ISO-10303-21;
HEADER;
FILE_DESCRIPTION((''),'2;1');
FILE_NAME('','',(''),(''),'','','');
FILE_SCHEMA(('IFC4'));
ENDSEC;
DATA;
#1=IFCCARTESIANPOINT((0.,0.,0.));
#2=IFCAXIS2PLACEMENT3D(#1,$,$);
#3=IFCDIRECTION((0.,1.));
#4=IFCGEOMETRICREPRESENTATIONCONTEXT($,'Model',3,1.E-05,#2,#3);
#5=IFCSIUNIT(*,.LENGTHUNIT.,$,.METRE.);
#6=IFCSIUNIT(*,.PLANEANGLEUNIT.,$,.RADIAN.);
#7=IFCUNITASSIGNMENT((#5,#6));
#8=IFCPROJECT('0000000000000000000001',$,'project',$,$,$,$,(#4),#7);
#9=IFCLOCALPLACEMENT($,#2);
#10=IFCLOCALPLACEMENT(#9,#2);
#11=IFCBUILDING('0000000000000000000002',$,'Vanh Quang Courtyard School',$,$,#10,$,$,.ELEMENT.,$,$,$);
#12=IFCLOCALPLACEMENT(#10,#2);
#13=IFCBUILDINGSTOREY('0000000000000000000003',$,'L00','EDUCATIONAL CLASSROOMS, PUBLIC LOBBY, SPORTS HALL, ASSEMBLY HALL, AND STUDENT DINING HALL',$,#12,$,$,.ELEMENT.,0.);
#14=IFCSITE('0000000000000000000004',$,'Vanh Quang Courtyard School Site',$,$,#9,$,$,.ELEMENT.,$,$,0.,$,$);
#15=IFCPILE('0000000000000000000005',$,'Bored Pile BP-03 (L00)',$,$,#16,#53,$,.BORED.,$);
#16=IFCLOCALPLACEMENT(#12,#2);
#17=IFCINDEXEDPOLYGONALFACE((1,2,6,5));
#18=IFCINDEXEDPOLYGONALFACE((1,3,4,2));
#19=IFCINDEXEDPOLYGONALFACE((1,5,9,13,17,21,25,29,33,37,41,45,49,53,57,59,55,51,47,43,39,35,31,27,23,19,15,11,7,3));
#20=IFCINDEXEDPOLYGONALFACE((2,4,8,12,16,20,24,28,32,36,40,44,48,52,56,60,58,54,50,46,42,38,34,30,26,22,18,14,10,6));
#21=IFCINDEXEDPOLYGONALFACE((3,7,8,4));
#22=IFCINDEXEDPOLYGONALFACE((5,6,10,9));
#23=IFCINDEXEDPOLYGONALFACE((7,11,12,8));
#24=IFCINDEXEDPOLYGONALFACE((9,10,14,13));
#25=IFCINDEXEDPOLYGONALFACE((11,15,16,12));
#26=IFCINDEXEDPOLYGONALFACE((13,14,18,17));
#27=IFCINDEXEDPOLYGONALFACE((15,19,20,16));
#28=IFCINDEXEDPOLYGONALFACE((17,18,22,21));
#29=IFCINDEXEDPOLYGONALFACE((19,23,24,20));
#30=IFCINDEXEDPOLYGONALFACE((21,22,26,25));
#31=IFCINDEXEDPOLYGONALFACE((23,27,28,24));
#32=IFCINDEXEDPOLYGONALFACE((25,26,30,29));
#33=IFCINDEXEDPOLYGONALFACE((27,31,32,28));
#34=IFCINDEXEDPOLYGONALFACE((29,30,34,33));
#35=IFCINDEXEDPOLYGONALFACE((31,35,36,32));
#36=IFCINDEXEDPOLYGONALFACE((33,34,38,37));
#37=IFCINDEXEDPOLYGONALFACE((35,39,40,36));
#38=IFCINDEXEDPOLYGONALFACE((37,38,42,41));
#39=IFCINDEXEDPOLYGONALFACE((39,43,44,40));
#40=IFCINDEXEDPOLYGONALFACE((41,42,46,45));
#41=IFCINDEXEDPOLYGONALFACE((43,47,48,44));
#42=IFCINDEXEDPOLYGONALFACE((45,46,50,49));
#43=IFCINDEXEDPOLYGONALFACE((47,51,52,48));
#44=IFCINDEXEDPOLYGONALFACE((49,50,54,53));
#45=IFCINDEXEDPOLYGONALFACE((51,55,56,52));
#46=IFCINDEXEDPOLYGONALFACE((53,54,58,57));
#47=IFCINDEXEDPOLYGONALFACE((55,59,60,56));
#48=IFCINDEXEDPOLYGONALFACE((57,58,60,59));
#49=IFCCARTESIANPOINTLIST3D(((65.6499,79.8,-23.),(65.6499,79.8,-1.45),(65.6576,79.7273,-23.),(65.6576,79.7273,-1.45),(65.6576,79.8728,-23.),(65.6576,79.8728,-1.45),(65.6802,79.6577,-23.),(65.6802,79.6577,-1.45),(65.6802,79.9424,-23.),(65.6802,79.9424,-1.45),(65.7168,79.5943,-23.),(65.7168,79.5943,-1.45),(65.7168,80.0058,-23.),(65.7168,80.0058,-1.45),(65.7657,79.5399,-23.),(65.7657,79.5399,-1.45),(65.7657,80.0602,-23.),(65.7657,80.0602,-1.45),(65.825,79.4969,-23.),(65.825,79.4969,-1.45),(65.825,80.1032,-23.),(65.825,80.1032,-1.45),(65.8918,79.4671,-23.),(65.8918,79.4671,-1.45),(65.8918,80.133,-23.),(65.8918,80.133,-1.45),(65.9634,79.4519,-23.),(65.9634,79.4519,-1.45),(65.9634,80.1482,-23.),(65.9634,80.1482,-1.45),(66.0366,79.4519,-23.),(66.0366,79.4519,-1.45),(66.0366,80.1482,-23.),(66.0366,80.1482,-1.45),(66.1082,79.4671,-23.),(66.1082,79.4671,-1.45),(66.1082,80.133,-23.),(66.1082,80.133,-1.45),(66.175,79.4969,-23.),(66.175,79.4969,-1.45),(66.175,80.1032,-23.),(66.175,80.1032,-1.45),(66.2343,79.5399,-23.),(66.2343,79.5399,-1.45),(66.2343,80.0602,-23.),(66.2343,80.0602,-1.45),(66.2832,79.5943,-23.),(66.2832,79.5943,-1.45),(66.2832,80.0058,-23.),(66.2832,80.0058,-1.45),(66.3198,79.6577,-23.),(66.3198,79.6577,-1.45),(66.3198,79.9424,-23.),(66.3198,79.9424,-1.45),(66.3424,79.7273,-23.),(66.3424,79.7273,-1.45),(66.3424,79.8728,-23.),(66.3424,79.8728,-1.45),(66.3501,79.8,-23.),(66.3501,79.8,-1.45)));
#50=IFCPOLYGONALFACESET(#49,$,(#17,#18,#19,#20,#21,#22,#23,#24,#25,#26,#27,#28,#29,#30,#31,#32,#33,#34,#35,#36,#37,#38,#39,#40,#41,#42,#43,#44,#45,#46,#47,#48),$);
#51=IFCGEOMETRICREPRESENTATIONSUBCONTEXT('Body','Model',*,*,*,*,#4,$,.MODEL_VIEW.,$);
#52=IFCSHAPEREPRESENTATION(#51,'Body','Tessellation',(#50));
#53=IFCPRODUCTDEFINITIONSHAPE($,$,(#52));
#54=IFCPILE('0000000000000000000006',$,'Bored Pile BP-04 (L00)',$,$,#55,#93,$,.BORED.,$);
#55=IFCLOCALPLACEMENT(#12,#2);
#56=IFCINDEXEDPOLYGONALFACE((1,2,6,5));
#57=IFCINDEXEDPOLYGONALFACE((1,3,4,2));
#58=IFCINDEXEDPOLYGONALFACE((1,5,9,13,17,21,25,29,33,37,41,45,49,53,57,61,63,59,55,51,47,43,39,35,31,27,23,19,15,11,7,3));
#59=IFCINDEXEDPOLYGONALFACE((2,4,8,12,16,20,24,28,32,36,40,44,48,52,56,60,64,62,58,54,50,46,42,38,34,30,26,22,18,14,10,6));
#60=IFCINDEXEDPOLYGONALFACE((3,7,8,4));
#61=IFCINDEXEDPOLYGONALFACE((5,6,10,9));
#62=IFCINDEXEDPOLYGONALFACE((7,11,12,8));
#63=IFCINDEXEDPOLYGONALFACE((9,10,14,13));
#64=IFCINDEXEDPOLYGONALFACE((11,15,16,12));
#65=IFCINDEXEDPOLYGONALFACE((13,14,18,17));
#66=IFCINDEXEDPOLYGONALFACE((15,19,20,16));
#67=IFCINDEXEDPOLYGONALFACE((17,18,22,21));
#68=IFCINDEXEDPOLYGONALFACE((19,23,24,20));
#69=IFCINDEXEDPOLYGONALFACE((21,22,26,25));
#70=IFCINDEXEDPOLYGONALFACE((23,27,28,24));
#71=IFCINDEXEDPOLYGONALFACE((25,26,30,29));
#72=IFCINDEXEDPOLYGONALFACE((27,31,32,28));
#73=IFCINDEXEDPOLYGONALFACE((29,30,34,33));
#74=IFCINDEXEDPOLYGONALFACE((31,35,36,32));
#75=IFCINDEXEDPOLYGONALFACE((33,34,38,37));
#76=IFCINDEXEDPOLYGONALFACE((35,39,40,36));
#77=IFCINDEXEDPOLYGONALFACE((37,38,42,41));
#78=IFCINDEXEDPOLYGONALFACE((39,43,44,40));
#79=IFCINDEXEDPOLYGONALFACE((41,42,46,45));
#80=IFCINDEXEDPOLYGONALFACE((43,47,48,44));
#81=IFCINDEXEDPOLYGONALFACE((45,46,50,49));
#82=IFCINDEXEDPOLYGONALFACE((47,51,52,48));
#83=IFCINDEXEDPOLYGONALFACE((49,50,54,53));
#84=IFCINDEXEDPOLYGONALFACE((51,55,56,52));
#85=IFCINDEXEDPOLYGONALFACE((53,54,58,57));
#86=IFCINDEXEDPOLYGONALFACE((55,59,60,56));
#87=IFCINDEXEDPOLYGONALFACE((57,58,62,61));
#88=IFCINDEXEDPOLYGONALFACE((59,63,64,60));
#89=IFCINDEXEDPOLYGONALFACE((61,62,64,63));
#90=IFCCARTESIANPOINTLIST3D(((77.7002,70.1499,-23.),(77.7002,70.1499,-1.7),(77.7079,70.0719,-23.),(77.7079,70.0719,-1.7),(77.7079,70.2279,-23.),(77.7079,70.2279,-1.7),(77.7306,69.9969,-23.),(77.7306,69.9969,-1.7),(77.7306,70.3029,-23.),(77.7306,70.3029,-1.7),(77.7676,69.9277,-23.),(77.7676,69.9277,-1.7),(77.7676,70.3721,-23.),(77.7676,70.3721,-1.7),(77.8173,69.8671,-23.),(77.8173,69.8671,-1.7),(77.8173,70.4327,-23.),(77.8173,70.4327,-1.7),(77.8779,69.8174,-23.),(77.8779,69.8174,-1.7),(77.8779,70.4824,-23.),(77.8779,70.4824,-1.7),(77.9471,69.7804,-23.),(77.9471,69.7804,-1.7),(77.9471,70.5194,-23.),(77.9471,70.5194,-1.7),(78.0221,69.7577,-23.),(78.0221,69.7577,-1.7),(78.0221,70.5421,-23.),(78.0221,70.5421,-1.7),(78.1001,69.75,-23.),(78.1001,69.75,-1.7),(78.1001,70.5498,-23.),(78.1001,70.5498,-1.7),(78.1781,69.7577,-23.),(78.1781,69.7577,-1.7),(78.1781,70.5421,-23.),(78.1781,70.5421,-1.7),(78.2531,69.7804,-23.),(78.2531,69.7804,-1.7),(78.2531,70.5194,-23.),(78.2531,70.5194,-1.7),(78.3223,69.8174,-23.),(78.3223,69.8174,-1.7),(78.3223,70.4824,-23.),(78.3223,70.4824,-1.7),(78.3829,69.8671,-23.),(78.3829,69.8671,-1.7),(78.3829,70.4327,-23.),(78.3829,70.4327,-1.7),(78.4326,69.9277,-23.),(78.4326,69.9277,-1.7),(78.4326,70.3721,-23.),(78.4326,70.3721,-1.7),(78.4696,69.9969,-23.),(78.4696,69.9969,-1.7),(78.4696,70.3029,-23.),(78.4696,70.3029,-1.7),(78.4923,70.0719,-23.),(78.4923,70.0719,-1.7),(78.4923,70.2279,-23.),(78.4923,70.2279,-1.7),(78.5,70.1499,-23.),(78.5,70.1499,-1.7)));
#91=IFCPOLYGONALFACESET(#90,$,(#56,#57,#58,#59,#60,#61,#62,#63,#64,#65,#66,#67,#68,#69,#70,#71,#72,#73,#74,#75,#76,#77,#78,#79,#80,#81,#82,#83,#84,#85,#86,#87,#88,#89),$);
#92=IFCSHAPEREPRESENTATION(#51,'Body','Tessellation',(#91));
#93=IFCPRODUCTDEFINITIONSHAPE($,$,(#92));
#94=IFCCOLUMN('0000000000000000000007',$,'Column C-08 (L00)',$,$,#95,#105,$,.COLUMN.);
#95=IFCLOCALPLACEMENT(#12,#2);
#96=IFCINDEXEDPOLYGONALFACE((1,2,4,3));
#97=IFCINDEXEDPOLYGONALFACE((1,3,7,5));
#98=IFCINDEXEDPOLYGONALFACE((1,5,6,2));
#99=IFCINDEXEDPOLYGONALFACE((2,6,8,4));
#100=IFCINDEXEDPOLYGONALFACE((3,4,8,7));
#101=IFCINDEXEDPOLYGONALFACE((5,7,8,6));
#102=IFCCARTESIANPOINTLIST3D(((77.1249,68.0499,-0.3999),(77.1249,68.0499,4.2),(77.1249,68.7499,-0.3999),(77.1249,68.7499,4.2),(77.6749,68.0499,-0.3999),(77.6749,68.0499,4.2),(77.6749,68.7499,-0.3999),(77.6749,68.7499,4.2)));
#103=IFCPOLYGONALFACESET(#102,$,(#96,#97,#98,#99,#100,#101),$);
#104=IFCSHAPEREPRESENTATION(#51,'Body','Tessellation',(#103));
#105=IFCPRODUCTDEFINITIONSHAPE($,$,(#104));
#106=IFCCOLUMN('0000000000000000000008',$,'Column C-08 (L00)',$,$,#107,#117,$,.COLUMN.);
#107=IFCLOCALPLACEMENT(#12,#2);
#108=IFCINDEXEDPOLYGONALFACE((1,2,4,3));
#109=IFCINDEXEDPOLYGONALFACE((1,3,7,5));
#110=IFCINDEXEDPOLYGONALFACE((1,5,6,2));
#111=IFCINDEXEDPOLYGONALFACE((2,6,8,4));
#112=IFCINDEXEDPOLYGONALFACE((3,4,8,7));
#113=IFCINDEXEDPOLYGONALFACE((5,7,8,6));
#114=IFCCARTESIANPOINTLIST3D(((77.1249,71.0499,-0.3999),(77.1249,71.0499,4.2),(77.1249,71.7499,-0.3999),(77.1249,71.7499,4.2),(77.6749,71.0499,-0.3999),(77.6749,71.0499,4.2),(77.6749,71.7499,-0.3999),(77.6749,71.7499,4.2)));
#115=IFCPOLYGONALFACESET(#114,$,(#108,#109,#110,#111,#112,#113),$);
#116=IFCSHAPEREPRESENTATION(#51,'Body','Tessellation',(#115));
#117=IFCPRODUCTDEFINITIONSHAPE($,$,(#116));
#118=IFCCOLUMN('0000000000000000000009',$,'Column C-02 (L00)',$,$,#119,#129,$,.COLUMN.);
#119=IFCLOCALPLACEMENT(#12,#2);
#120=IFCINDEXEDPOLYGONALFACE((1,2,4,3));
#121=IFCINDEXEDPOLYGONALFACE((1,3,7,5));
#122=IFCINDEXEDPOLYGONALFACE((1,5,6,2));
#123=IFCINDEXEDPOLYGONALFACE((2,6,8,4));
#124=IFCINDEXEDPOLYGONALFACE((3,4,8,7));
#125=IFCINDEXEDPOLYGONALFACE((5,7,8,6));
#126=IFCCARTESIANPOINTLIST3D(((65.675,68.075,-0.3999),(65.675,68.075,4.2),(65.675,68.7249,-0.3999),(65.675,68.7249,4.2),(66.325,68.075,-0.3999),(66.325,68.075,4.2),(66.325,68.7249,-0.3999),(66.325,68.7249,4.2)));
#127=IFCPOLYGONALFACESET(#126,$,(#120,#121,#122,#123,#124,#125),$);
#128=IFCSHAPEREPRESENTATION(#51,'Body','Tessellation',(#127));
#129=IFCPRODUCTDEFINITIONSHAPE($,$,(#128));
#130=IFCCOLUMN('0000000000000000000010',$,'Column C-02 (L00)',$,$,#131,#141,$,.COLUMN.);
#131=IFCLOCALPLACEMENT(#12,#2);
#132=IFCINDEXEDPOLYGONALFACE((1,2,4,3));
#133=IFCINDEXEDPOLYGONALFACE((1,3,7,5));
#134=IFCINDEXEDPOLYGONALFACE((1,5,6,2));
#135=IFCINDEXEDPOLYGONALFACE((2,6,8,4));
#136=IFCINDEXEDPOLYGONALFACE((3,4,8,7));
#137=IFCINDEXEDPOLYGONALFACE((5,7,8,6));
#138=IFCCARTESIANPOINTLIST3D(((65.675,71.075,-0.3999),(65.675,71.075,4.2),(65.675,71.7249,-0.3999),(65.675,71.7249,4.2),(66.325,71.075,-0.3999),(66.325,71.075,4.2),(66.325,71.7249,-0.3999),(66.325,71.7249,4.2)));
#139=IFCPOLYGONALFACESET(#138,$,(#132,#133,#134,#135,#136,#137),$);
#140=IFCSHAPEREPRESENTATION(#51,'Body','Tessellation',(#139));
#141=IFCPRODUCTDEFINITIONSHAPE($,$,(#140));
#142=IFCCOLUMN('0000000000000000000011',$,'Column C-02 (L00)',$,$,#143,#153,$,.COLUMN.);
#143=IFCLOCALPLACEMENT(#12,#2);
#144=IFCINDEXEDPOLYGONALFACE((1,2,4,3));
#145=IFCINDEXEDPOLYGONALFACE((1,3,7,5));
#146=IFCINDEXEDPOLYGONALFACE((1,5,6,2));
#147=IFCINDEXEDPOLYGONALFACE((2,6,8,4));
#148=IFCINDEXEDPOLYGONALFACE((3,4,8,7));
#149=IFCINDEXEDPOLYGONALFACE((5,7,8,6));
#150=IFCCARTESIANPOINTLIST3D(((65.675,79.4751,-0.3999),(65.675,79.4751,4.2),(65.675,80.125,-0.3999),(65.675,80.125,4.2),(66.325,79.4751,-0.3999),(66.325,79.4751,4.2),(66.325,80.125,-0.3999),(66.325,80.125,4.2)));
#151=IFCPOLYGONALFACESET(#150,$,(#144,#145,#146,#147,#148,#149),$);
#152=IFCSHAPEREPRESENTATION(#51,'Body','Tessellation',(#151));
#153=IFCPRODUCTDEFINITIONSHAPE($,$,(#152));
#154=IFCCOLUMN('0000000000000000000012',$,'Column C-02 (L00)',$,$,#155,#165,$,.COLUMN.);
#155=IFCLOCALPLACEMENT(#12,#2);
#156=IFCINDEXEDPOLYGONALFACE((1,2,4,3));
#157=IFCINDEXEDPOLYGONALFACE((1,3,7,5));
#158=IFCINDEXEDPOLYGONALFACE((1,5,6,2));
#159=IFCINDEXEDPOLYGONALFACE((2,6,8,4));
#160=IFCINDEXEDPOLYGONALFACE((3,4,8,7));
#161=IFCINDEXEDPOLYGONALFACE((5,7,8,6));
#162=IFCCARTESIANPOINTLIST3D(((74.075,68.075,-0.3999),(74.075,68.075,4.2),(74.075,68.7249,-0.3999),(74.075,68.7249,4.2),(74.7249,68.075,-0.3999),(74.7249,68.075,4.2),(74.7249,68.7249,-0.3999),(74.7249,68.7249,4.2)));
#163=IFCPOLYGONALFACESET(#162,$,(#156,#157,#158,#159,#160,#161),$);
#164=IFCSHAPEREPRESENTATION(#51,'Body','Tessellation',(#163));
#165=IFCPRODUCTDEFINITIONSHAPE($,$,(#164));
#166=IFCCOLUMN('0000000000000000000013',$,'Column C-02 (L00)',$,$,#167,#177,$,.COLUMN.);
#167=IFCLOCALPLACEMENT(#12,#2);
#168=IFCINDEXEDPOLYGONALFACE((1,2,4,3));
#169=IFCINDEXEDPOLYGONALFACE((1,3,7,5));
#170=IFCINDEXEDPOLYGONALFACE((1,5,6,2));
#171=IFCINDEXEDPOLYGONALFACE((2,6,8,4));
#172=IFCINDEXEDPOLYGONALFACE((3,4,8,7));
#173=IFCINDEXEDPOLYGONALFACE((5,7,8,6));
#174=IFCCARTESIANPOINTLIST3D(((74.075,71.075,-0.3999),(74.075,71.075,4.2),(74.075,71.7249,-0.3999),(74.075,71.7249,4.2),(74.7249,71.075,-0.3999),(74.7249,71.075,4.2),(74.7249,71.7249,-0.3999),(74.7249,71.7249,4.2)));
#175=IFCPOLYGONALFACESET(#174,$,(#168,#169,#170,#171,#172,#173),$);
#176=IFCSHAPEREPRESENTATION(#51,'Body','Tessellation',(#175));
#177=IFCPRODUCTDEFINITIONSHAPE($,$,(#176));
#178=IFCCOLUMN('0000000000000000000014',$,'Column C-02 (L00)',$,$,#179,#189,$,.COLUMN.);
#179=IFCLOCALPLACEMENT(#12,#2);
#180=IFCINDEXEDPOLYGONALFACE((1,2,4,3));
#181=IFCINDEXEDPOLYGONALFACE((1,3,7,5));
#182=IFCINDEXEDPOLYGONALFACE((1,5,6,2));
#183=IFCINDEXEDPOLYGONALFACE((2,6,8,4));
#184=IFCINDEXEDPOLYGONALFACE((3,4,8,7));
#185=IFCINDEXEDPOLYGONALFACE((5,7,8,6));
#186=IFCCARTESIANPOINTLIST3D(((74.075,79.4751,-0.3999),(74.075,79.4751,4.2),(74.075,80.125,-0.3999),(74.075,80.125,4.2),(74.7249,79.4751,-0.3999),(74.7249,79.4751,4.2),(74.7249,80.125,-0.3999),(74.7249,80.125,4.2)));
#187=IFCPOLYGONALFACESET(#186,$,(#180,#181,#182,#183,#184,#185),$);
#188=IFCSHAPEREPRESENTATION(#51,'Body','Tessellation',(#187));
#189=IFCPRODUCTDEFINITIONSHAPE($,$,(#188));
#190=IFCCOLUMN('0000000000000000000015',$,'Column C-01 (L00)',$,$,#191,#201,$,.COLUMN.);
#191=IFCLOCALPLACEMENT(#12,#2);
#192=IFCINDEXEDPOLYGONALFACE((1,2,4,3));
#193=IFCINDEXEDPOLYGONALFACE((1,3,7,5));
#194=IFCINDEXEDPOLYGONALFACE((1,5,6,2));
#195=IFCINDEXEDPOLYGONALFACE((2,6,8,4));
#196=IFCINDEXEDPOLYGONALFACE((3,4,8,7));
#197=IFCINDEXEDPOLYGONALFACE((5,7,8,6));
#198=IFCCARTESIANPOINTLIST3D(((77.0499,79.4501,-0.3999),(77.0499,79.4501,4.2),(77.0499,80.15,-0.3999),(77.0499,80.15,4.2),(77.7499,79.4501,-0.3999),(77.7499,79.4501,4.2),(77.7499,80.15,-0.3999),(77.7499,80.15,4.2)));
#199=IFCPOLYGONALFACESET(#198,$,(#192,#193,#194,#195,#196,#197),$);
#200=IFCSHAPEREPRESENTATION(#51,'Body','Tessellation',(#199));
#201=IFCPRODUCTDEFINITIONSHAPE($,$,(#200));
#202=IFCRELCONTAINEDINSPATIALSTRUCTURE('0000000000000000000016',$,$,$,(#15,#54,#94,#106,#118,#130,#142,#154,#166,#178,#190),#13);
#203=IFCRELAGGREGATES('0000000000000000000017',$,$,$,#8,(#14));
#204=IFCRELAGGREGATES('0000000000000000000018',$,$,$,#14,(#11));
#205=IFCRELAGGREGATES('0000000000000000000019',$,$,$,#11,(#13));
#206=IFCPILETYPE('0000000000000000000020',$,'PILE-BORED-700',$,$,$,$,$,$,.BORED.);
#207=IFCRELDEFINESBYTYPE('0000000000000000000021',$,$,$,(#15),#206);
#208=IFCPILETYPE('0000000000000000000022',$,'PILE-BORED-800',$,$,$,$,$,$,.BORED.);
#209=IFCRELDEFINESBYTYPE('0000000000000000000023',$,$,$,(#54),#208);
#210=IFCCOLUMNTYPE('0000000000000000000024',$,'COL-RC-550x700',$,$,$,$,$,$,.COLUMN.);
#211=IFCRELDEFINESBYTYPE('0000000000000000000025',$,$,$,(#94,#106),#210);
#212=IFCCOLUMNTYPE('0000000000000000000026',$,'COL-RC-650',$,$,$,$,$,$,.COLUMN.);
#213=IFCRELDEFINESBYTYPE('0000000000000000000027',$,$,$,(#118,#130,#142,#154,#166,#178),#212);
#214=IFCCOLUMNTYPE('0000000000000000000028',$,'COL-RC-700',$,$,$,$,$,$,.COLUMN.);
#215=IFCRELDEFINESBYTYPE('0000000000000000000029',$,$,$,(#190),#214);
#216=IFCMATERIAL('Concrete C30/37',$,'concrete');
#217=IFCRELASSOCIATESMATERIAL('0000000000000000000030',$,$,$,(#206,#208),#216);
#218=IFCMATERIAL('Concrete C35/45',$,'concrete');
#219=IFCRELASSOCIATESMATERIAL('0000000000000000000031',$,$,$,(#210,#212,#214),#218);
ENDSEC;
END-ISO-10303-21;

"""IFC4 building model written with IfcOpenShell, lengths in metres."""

from ifc_helpers import new_model, si_unit, direction, frame, origin, origin_2d, place, context, subcontext, project, spatial, rectangle, circle, extrude, material, material_profile, profile_set, type_object, element, save


model = new_model("IFC4")

# Units and contexts
model_context = context("Model", 3, precision=1e-05, world=origin(), true_north=direction((0.0, 1.0)))
body_context = subcontext(model_context, "Body", "Model", "MODEL_VIEW")
ifc_project = project(units=[si_unit("LENGTHUNIT", "METRE"), si_unit("PLANEANGLEUNIT", "RADIAN")], contexts=[model_context])

# Site, building, storey
site_placement = place(None, origin())
site = spatial("IfcSite", under=ifc_project, at=site_placement, Name="Vanh Quang Courtyard School Site", CompositionType="ELEMENT", RefElevation=0.0)
building_placement = place(site_placement, origin())
building = spatial("IfcBuilding", under=site, at=building_placement, Name="Vanh Quang Courtyard School", CompositionType="ELEMENT")
storey_placement = place(building_placement, origin())
storey = spatial("IfcBuildingStorey", under=building, at=storey_placement, Name="L00", Description="EDUCATIONAL CLASSROOMS, PUBLIC LOBBY, SPORTS HALL, ASSEMBLY HALL, AND STUDENT DINING HALL", CompositionType="ELEMENT", Elevation=0.0)

# Shared definitions
ifc_material_1 = material(Name="Concrete C35/45", Category="concrete")

# Piles
ifc_material_2 = material(Name="Concrete C30/37", Category="concrete")
ifc_material_profile_1 = material_profile(ifc_material_2, circle(Radius=0.3501, at=origin_2d()), Name="PILE D700")
ifc_profile_set_1 = profile_set([ifc_material_profile_1], Name="Concrete C30/37")
pile_type_1 = type_object("IfcPileType", Name="PILE-BORED-700", PredefinedType="BORED", material=ifc_profile_set_1)
pile_1_placement = place(storey_placement, frame((66.0, 79.8, -1.45), z_axis=(0.0, 0.0, -1.0), x_axis=(1.0, 0.0, 0.0)))
element("IfcPile", 1, at=pile_1_placement, inside=storey, type_object=pile_type_1, Name="Bored Pile BP-03 (L00)", PredefinedType="BORED", context=body_context, shape_type="SweptSolid", body=[
    extrude(circle(Radius=0.3501, at=origin_2d()), origin(), (0.0, 0.0, 1.0), 21.55),
])
ifc_material_profile_2 = material_profile(ifc_material_2, circle(Radius=0.3999, at=origin_2d()), Name="PILE D800")
ifc_profile_set_2 = profile_set([ifc_material_profile_2], Name="Concrete C30/37")
pile_type_2 = type_object("IfcPileType", Name="PILE-BORED-800", PredefinedType="BORED", material=ifc_profile_set_2)
pile_2_placement = place(storey_placement, frame((78.1001, 70.1499, -1.7), z_axis=(0.0, 0.0, -1.0), x_axis=(1.0, 0.0, 0.0)))
element("IfcPile", 2, at=pile_2_placement, inside=storey, type_object=pile_type_2, Name="Bored Pile BP-04 (L00)", PredefinedType="BORED", context=body_context, shape_type="SweptSolid", body=[
    extrude(circle(Radius=0.3999, at=origin_2d()), origin(), (0.0, 0.0, 1.0), 21.3),
])

# Columns
ifc_material_profile_3 = material_profile(ifc_material_1, rectangle(XDim=0.55, YDim=0.7, at=origin_2d()), Name="RC-COL 550x700")
ifc_profile_set_3 = profile_set([ifc_material_profile_3], Name="Concrete C35/45")
column_type_1 = type_object("IfcColumnType", Name="COL-RC-550x700", PredefinedType="COLUMN", material=ifc_profile_set_3)
for number, where, z_axis, x_axis, name in (
    (3, (77.3999, 68.3999, -0.3999), (0.0, 0.0, 1.0), (1.0, 0.0, 0.0), "Column C-08 (L00)"),
    (4, (77.3999, 71.3999, -0.3999), (0.0, 0.0, 1.0), (1.0, 0.0, 0.0), "Column C-08 (L00)"),
):
    element("IfcColumn", number, at=place(storey_placement, frame(where, z_axis=z_axis, x_axis=x_axis)), inside=storey, type_object=column_type_1, Name=name, PredefinedType="COLUMN", context=body_context, shape_type="SweptSolid", body=[
        extrude(rectangle(XDim=0.55, YDim=0.7, at=origin_2d()), origin(), (0.0, 0.0, 1.0), 4.5999),
    ])
ifc_material_profile_4 = material_profile(ifc_material_1, rectangle(XDim=0.6499, YDim=0.6499, at=origin_2d()), Name="RC-COL 650x650")
ifc_profile_set_4 = profile_set([ifc_material_profile_4], Name="Concrete C35/45")
column_type_2 = type_object("IfcColumnType", Name="COL-RC-650", PredefinedType="COLUMN", material=ifc_profile_set_4)
for number, where, z_axis, x_axis, name in (
    (5, (66.0, 68.3999, -0.3999), (0.0, 0.0, 1.0), (1.0, 0.0, 0.0), "Column C-02 (L00)"),
    (6, (66.0, 71.3999, -0.3999), (0.0, 0.0, 1.0), (1.0, 0.0, 0.0), "Column C-02 (L00)"),
    (7, (66.0, 79.8, -0.3999), (0.0, 0.0, 1.0), (1.0, 0.0, 0.0), "Column C-02 (L00)"),
    (8, (74.3999, 68.3999, -0.3999), (0.0, 0.0, 1.0), (1.0, 0.0, 0.0), "Column C-02 (L00)"),
    (9, (74.3999, 71.3999, -0.3999), (0.0, 0.0, 1.0), (1.0, 0.0, 0.0), "Column C-02 (L00)"),
    (10, (74.3999, 79.8, -0.3999), (0.0, 0.0, 1.0), (1.0, 0.0, 0.0), "Column C-02 (L00)"),
):
    element("IfcColumn", number, at=place(storey_placement, frame(where, z_axis=z_axis, x_axis=x_axis)), inside=storey, type_object=column_type_2, Name=name, PredefinedType="COLUMN", context=body_context, shape_type="SweptSolid", body=[
        extrude(rectangle(XDim=0.6499, YDim=0.6499, at=origin_2d()), origin(), (0.0, 0.0, 1.0), 4.5999),
    ])
ifc_material_profile_5 = material_profile(ifc_material_1, rectangle(XDim=0.7, YDim=0.7, at=origin_2d()), Name="RC-COL 700x700")
ifc_profile_set_5 = profile_set([ifc_material_profile_5], Name="Concrete C35/45")
column_type_3 = type_object("IfcColumnType", Name="COL-RC-700", PredefinedType="COLUMN", material=ifc_profile_set_5)
column_placement = place(storey_placement, frame((77.3999, 79.8, -0.3999), z_axis=(0.0, 0.0, 1.0), x_axis=(1.0, 0.0, 0.0)))
element("IfcColumn", 11, at=column_placement, inside=storey, type_object=column_type_3, Name="Column C-01 (L00)", PredefinedType="COLUMN", context=body_context, shape_type="SweptSolid", body=[
    extrude(rectangle(XDim=0.7, YDim=0.7, at=origin_2d()), origin(), (0.0, 0.0, 1.0), 4.5999),
])

save(model, "model.ifc")
